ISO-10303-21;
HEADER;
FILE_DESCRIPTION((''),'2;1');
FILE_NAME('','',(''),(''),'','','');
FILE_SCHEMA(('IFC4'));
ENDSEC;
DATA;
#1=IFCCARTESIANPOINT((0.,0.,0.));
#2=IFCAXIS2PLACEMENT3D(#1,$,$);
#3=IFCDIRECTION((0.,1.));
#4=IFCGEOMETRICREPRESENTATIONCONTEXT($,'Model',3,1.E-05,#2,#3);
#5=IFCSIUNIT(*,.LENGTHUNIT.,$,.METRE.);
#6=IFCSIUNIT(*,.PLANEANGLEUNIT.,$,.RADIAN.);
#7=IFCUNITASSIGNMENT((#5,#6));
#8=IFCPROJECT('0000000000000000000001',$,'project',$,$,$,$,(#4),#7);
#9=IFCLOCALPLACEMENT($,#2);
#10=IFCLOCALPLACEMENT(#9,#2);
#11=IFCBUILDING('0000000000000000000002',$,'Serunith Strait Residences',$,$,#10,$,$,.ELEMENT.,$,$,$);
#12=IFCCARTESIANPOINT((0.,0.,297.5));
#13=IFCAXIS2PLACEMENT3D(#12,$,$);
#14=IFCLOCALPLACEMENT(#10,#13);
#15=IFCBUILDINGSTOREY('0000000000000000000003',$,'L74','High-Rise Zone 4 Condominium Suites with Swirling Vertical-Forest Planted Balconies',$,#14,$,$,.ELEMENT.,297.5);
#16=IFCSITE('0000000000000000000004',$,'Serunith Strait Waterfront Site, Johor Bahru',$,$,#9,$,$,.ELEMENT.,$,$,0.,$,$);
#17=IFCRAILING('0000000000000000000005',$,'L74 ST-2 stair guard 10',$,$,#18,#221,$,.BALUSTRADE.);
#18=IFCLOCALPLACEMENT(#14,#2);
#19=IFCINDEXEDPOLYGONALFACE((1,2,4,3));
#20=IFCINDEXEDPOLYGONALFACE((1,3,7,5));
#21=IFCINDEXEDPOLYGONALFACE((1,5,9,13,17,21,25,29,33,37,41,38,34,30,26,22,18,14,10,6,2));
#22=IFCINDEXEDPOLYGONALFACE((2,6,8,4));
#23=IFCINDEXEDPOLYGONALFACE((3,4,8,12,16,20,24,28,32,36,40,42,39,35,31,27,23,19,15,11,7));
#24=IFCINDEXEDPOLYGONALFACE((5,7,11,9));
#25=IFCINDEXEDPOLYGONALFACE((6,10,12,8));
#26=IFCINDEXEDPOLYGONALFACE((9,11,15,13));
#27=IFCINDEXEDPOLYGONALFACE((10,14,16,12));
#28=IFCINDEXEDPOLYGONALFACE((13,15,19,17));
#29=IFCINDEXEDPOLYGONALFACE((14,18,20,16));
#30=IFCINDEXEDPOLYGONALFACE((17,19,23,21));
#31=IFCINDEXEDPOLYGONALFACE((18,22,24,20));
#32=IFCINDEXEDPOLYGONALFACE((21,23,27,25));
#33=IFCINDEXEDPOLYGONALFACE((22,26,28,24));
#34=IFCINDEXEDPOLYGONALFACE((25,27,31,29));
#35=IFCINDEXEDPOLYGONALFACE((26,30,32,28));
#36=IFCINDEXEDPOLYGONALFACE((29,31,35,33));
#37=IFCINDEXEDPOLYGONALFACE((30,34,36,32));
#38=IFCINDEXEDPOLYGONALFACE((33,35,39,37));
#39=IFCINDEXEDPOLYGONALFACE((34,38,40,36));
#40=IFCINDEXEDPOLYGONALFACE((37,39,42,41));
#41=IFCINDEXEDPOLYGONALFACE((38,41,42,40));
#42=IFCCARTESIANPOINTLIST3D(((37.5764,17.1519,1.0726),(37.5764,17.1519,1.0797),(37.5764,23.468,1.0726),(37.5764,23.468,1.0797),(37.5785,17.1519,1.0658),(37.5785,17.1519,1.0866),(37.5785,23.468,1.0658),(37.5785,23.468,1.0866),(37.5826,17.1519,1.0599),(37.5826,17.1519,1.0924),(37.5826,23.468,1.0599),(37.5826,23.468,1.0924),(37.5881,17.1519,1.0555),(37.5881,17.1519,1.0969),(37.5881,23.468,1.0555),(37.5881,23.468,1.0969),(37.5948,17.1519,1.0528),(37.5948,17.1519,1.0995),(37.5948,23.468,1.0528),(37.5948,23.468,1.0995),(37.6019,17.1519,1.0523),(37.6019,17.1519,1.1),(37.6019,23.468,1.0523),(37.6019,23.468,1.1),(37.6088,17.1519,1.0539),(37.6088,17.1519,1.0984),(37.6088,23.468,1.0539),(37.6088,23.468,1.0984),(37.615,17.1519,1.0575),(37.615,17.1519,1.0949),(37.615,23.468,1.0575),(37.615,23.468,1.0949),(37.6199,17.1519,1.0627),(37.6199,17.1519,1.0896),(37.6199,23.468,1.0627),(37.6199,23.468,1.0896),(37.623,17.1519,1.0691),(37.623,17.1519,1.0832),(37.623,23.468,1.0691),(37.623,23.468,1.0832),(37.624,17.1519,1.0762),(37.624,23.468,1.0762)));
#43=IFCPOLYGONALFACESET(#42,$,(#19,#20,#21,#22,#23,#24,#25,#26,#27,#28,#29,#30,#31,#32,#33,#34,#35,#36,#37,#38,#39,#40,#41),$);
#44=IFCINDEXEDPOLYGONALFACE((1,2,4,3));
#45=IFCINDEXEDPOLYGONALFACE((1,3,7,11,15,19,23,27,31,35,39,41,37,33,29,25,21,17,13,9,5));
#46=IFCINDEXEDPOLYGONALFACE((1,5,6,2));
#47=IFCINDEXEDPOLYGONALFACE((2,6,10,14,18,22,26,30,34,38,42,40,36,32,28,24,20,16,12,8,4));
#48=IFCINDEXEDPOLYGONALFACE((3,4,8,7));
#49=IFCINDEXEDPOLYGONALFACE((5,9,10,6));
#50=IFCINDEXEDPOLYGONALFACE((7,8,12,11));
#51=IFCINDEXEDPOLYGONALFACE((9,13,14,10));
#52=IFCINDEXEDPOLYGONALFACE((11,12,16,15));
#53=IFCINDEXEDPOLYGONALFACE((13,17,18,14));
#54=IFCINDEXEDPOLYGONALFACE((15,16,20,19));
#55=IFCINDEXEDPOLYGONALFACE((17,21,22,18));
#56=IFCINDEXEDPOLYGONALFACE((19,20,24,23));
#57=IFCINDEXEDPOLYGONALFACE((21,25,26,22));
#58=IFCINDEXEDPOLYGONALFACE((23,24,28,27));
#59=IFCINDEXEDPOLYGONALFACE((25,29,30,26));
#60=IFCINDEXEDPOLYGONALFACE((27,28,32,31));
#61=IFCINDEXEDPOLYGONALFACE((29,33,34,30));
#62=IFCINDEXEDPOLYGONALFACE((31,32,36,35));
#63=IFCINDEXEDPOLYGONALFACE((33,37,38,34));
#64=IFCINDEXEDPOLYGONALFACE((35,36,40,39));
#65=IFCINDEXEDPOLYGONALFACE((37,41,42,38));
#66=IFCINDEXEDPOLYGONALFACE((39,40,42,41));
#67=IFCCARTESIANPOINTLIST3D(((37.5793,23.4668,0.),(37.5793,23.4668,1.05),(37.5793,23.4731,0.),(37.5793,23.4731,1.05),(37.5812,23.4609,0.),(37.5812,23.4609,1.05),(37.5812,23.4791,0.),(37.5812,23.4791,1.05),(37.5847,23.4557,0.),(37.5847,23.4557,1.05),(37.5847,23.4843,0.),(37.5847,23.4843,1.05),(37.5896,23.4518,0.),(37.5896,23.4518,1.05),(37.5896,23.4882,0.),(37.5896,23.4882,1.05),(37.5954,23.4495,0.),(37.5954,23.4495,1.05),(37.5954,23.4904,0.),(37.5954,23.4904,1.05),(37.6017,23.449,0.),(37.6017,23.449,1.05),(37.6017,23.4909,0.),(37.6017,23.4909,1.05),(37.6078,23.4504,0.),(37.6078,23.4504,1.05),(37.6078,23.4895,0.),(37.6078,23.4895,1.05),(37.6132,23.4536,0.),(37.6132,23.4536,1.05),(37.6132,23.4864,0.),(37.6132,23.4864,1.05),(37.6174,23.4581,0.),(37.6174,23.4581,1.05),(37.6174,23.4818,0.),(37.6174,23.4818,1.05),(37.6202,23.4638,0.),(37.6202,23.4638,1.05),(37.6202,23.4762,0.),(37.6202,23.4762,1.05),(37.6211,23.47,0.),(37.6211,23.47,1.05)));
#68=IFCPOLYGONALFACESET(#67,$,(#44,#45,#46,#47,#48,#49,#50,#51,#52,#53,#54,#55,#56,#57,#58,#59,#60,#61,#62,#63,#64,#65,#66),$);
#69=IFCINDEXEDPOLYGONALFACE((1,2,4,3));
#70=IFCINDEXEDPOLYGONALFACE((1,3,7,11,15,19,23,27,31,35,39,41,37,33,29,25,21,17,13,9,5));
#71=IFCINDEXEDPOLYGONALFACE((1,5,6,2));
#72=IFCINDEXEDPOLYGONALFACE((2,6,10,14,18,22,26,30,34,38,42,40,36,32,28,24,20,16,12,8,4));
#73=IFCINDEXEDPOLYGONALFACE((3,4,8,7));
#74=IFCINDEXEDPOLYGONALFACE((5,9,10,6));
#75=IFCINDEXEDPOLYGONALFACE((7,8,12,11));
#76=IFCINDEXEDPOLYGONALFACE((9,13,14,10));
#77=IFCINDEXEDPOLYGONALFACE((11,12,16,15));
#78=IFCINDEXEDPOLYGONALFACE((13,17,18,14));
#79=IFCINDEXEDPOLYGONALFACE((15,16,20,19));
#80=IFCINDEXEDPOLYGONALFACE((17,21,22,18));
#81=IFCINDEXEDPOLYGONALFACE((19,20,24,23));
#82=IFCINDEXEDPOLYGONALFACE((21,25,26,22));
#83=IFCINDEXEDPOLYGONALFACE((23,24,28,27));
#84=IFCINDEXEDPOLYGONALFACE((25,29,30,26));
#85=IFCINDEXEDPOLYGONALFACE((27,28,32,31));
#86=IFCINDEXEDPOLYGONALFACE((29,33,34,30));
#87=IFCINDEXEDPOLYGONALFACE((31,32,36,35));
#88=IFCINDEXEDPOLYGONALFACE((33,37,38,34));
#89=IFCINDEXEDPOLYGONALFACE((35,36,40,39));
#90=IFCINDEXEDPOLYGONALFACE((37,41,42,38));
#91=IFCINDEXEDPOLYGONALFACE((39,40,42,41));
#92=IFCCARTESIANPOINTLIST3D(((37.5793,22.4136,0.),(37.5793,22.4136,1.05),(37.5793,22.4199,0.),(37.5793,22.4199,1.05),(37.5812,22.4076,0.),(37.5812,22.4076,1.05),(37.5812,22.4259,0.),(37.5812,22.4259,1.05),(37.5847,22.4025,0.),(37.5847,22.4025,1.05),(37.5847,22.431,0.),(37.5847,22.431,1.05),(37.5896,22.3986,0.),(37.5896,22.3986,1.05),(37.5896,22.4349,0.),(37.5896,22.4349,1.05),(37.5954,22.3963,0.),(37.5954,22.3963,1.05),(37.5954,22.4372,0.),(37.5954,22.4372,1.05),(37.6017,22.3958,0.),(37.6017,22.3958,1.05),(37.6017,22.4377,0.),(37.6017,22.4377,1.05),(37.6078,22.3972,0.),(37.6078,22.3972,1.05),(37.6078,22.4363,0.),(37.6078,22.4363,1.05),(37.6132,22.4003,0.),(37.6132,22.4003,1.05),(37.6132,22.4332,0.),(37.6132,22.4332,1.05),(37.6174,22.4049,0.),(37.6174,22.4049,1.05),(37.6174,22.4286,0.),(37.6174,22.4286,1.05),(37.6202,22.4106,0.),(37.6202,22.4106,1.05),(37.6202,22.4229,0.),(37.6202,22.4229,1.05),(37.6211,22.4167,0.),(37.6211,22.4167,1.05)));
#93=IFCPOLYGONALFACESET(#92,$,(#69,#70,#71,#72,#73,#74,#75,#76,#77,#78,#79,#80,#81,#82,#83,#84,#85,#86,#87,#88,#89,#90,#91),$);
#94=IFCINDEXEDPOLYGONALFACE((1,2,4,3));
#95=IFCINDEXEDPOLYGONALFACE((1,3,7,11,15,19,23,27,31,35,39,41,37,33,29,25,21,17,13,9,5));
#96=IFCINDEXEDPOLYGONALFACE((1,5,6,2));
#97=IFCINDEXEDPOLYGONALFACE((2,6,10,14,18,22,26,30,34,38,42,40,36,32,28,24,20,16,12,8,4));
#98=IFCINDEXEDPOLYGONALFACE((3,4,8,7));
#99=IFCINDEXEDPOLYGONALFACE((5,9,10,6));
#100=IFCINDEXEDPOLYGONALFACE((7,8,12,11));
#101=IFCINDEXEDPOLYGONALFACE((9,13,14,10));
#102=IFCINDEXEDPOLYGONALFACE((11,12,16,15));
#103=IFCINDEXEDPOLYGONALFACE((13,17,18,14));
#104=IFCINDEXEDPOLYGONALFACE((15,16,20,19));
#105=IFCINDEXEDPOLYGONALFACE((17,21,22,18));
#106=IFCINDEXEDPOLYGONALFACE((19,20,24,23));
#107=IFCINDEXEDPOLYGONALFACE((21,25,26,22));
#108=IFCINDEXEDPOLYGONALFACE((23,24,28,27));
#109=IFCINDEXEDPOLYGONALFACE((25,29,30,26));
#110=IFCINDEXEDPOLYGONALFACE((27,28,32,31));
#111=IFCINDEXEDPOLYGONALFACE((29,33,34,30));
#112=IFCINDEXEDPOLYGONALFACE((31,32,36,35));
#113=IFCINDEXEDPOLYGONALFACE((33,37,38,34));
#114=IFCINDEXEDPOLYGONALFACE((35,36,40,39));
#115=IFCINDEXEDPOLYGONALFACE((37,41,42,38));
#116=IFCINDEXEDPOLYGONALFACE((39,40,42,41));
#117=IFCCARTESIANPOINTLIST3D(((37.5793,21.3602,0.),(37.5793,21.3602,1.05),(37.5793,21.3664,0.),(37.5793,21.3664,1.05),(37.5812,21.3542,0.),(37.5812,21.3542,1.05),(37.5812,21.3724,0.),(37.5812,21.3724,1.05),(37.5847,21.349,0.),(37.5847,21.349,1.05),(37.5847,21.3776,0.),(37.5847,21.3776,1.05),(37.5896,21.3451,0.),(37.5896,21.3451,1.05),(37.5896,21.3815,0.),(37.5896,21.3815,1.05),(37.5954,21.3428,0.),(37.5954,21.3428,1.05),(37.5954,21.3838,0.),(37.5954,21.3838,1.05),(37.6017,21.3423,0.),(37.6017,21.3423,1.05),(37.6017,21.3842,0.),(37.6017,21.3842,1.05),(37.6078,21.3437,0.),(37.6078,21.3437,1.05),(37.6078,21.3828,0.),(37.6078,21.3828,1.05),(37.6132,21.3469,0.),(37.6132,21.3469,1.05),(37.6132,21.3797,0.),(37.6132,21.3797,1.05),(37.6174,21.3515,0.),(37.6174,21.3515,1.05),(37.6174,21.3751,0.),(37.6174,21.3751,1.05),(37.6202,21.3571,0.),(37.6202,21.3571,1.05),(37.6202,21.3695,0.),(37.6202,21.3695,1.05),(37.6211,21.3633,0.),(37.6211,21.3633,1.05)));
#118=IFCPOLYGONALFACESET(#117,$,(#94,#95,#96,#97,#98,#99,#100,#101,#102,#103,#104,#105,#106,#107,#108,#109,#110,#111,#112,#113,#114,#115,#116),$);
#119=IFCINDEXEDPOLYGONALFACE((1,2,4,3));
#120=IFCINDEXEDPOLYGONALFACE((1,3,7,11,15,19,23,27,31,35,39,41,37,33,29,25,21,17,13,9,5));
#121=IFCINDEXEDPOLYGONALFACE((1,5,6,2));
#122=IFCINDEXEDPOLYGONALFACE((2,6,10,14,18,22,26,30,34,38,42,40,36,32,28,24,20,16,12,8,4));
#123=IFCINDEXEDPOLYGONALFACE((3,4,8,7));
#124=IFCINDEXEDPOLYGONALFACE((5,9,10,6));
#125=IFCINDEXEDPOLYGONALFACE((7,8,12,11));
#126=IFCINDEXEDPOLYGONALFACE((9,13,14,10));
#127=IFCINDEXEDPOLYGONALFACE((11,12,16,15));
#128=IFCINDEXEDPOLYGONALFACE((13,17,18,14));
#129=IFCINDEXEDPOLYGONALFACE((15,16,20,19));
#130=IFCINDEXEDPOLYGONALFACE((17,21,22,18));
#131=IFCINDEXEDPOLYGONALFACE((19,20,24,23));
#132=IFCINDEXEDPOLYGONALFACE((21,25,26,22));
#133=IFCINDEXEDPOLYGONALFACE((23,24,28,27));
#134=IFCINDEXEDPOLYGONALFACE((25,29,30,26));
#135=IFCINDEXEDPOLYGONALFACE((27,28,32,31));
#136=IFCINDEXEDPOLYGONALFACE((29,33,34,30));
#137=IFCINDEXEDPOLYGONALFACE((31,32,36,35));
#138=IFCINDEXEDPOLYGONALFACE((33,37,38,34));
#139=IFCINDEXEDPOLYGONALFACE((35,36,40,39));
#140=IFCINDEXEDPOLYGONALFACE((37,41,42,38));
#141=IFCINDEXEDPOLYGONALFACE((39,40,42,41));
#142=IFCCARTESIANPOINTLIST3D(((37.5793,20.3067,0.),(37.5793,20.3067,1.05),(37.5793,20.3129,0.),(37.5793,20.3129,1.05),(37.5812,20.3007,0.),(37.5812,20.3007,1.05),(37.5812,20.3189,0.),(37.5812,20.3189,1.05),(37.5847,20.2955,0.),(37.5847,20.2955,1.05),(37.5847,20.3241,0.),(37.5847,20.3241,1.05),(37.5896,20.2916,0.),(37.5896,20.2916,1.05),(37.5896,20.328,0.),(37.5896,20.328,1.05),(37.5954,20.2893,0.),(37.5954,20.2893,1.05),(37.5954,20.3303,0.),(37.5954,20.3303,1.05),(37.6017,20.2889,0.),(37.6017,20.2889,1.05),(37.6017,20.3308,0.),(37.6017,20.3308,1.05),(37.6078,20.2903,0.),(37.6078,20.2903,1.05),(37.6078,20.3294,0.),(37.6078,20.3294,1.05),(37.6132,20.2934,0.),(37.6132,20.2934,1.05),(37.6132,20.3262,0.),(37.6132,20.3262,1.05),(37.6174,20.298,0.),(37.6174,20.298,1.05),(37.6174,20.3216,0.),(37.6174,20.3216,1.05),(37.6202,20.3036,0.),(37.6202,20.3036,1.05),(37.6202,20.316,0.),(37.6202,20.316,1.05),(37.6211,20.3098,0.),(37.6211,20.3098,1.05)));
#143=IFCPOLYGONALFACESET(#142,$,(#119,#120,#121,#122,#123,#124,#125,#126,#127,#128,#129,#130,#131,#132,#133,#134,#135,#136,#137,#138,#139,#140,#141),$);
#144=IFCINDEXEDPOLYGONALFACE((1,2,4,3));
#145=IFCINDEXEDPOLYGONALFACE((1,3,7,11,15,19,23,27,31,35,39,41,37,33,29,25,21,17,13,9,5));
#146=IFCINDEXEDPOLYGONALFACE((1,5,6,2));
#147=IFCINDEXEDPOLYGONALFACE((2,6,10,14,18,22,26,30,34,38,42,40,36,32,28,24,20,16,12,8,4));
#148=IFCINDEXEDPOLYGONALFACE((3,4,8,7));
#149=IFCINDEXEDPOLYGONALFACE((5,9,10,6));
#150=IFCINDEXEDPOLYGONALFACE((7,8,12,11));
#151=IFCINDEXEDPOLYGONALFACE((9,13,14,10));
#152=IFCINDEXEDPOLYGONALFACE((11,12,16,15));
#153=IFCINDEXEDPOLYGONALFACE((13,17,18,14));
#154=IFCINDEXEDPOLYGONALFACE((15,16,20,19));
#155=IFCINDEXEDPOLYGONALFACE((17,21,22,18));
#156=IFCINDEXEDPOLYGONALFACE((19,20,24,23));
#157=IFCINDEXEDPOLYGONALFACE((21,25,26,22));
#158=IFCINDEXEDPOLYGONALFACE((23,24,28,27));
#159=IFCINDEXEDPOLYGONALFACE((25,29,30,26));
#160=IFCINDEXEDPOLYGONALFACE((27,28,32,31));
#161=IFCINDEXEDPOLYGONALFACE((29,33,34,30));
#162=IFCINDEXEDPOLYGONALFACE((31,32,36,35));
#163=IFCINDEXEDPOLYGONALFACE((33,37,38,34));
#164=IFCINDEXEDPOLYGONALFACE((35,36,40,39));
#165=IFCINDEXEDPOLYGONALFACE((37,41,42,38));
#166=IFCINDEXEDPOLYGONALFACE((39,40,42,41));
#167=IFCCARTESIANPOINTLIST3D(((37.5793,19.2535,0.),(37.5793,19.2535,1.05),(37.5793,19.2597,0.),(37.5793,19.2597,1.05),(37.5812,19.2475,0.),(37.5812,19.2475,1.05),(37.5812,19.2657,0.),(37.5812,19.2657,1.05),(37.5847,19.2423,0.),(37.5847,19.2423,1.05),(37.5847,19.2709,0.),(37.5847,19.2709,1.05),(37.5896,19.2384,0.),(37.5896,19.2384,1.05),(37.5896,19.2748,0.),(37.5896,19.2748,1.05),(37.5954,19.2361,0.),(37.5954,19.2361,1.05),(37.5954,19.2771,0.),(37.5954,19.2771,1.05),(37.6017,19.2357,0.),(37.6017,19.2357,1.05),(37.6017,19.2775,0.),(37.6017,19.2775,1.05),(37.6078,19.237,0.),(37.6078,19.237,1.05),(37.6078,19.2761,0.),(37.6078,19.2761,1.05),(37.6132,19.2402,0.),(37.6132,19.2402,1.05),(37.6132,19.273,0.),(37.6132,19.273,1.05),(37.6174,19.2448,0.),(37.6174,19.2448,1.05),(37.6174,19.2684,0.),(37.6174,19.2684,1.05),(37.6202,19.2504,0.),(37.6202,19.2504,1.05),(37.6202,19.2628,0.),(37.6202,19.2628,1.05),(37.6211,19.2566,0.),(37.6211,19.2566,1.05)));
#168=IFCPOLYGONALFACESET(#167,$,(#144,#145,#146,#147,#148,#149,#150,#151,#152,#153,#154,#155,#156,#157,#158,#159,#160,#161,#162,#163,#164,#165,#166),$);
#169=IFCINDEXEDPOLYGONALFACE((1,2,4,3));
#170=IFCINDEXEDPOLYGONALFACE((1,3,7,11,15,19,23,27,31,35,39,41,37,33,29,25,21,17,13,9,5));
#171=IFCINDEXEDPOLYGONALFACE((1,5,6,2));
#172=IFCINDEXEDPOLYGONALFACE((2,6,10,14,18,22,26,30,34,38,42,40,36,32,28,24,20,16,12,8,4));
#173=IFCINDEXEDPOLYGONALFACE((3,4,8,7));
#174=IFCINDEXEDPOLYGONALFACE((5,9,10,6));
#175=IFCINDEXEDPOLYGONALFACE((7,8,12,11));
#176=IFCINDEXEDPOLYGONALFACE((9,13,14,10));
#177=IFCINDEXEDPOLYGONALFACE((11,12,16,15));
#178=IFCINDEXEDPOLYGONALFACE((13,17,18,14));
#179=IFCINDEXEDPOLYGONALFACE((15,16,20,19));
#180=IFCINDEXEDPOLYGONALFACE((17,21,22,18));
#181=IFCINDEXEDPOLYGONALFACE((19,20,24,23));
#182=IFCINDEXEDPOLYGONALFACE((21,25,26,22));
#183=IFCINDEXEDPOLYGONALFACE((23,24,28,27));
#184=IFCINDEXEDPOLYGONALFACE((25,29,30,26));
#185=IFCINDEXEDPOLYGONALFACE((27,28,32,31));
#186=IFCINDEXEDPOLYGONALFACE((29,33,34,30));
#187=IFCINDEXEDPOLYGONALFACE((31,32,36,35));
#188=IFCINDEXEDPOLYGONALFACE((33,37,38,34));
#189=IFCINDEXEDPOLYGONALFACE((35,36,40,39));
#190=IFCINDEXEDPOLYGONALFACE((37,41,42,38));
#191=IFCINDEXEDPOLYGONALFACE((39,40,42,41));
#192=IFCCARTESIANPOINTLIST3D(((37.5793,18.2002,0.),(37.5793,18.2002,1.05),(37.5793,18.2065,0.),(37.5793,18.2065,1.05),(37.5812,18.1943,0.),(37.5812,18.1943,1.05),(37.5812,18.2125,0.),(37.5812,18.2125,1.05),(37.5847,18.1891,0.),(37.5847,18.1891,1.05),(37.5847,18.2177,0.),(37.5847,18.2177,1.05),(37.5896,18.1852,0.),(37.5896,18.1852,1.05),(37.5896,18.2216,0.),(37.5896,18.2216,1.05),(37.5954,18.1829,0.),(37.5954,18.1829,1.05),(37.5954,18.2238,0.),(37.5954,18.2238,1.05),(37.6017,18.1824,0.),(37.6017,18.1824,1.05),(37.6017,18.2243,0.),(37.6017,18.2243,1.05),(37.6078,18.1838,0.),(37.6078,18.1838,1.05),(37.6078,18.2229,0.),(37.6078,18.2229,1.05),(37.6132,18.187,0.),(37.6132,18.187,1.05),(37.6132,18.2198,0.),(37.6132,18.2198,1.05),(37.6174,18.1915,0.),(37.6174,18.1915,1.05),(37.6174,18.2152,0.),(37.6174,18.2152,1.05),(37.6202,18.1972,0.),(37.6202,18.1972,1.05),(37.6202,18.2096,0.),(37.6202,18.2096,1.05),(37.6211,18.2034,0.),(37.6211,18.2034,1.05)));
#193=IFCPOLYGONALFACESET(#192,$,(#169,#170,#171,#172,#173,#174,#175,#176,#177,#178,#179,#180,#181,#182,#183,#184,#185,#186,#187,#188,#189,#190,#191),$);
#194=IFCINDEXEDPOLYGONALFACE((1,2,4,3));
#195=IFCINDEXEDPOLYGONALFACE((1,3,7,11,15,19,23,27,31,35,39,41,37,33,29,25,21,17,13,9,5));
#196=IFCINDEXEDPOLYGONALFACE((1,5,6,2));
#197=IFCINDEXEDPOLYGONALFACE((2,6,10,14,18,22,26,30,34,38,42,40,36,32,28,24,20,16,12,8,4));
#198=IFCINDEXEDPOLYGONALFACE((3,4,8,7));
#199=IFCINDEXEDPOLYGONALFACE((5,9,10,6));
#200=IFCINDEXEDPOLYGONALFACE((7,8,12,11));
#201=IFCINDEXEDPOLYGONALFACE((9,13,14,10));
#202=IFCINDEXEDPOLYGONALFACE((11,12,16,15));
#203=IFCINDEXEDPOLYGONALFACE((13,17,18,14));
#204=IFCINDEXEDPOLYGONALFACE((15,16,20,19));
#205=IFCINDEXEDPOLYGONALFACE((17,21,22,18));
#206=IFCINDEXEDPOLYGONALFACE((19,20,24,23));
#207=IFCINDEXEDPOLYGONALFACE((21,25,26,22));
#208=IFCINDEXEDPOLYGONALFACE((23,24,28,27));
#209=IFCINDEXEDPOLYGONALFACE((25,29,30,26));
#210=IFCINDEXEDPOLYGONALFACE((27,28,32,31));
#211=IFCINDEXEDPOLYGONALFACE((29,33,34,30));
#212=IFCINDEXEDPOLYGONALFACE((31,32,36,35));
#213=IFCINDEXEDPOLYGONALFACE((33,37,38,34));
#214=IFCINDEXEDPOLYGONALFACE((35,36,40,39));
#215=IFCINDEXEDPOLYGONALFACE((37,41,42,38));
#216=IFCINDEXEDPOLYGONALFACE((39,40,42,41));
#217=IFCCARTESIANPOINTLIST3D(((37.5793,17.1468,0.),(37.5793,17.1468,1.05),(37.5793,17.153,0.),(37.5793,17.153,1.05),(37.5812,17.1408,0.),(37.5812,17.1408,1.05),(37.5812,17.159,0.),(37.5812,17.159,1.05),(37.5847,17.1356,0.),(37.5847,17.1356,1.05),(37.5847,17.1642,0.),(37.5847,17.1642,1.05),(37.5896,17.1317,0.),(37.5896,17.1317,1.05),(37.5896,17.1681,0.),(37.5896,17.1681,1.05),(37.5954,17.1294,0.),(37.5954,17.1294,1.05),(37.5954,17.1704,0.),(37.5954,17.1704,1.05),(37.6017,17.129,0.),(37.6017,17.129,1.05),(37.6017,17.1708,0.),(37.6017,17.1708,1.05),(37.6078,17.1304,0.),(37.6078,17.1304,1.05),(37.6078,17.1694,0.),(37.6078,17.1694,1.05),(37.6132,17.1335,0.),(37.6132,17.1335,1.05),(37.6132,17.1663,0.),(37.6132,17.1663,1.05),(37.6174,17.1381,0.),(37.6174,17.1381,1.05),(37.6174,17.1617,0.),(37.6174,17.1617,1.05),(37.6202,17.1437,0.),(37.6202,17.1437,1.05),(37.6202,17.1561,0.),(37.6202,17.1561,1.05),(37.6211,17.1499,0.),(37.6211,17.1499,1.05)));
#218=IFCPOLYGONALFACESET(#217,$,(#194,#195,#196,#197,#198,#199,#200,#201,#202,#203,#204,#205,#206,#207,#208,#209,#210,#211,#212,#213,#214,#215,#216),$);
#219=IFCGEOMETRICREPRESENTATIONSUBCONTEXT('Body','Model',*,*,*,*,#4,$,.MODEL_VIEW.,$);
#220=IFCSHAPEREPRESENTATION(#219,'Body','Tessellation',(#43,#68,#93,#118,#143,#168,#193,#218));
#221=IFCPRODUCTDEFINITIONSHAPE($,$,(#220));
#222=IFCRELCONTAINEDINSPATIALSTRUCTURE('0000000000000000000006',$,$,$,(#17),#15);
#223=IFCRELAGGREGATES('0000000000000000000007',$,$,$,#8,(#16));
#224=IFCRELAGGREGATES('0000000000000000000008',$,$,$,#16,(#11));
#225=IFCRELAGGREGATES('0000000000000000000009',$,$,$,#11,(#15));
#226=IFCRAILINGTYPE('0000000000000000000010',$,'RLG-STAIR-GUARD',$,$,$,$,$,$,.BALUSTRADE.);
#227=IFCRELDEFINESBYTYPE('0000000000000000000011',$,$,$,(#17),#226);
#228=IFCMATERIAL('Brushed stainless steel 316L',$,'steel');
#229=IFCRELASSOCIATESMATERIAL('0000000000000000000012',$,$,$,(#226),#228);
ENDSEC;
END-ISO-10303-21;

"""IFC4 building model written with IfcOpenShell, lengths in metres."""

from ifc_helpers import new_model, si_unit, direction, frame, origin, origin_2d, place, context, subcontext, project, spatial, circle, extrude, material, type_object, element, save


model = new_model("IFC4")

# Units and contexts
model_context = context("Model", 3, precision=1e-05, world=origin(), true_north=direction((0.0, 1.0)))
body_context = subcontext(model_context, "Body", "Model", "MODEL_VIEW")
ifc_project = project(units=[si_unit("LENGTHUNIT", "METRE"), si_unit("PLANEANGLEUNIT", "RADIAN")], contexts=[model_context])

# Site, building, storey
site_placement = place(None, origin())
site = spatial("IfcSite", under=ifc_project, at=site_placement, Name="Serunith Strait Waterfront Site, Johor Bahru", CompositionType="ELEMENT", RefElevation=0.0)
building_placement = place(site_placement, origin())
building = spatial("IfcBuilding", under=site, at=building_placement, Name="Serunith Strait Residences", CompositionType="ELEMENT")
storey_placement = place(building_placement, frame((0.0, 0.0, 297.5)))
storey = spatial("IfcBuildingStorey", under=building, at=storey_placement, Name="L74", Description="High-Rise Zone 4 Condominium Suites with Swirling Vertical-Forest Planted Balconies", CompositionType="ELEMENT", Elevation=297.5)

# Railing
ifc_material_1 = material(Name="Brushed stainless steel 316L", Category="steel")
railing_type_1 = type_object("IfcRailingType", Name="RLG-STAIR-GUARD", PredefinedType="BALUSTRADE", material=ifc_material_1)
railing_1_placement = place(storey_placement, frame((37.6001, 23.47, 0.0)))
element("IfcRailing", 1, at=railing_1_placement, inside=storey, type_object=railing_type_1, Name="L74 ST-2 stair guard 10", PredefinedType="BALUSTRADE", context=body_context, shape_type="SweptSolid", body=[
    extrude(circle(Radius=0.0239, at=origin_2d()), frame((0.0, -0.002, 1.0762), z_axis=(0.0, -1.0, 0.0), x_axis=(1.0, 0.0, 0.0)), (0.0, 0.0, 1.0), 6.3162),
    extrude(circle(Radius=0.021, at=origin_2d()), origin(), (0.0, 0.0, 1.0), 1.05),
    extrude(circle(Radius=0.021, at=origin_2d()), frame((0.0, -1.0532, 0.0)), (0.0, 0.0, 1.0), 1.05),
    extrude(circle(Radius=0.021, at=origin_2d()), frame((0.0, -2.1067, 0.0)), (0.0, 0.0, 1.0), 1.05),
    extrude(circle(Radius=0.021, at=origin_2d()), frame((0.0, -3.1602, 0.0)), (0.0, 0.0, 1.0), 1.05),
    extrude(circle(Radius=0.021, at=origin_2d()), frame((0.0, -4.2134, 0.0)), (0.0, 0.0, 1.0), 1.05),
    extrude(circle(Radius=0.021, at=origin_2d()), frame((0.0, -5.2666, 0.0)), (0.0, 0.0, 1.0), 1.05),
    extrude(circle(Radius=0.021, at=origin_2d()), frame((0.0, -6.3201, 0.0)), (0.0, 0.0, 1.0), 1.05),
])

save(model, "model.ifc")
